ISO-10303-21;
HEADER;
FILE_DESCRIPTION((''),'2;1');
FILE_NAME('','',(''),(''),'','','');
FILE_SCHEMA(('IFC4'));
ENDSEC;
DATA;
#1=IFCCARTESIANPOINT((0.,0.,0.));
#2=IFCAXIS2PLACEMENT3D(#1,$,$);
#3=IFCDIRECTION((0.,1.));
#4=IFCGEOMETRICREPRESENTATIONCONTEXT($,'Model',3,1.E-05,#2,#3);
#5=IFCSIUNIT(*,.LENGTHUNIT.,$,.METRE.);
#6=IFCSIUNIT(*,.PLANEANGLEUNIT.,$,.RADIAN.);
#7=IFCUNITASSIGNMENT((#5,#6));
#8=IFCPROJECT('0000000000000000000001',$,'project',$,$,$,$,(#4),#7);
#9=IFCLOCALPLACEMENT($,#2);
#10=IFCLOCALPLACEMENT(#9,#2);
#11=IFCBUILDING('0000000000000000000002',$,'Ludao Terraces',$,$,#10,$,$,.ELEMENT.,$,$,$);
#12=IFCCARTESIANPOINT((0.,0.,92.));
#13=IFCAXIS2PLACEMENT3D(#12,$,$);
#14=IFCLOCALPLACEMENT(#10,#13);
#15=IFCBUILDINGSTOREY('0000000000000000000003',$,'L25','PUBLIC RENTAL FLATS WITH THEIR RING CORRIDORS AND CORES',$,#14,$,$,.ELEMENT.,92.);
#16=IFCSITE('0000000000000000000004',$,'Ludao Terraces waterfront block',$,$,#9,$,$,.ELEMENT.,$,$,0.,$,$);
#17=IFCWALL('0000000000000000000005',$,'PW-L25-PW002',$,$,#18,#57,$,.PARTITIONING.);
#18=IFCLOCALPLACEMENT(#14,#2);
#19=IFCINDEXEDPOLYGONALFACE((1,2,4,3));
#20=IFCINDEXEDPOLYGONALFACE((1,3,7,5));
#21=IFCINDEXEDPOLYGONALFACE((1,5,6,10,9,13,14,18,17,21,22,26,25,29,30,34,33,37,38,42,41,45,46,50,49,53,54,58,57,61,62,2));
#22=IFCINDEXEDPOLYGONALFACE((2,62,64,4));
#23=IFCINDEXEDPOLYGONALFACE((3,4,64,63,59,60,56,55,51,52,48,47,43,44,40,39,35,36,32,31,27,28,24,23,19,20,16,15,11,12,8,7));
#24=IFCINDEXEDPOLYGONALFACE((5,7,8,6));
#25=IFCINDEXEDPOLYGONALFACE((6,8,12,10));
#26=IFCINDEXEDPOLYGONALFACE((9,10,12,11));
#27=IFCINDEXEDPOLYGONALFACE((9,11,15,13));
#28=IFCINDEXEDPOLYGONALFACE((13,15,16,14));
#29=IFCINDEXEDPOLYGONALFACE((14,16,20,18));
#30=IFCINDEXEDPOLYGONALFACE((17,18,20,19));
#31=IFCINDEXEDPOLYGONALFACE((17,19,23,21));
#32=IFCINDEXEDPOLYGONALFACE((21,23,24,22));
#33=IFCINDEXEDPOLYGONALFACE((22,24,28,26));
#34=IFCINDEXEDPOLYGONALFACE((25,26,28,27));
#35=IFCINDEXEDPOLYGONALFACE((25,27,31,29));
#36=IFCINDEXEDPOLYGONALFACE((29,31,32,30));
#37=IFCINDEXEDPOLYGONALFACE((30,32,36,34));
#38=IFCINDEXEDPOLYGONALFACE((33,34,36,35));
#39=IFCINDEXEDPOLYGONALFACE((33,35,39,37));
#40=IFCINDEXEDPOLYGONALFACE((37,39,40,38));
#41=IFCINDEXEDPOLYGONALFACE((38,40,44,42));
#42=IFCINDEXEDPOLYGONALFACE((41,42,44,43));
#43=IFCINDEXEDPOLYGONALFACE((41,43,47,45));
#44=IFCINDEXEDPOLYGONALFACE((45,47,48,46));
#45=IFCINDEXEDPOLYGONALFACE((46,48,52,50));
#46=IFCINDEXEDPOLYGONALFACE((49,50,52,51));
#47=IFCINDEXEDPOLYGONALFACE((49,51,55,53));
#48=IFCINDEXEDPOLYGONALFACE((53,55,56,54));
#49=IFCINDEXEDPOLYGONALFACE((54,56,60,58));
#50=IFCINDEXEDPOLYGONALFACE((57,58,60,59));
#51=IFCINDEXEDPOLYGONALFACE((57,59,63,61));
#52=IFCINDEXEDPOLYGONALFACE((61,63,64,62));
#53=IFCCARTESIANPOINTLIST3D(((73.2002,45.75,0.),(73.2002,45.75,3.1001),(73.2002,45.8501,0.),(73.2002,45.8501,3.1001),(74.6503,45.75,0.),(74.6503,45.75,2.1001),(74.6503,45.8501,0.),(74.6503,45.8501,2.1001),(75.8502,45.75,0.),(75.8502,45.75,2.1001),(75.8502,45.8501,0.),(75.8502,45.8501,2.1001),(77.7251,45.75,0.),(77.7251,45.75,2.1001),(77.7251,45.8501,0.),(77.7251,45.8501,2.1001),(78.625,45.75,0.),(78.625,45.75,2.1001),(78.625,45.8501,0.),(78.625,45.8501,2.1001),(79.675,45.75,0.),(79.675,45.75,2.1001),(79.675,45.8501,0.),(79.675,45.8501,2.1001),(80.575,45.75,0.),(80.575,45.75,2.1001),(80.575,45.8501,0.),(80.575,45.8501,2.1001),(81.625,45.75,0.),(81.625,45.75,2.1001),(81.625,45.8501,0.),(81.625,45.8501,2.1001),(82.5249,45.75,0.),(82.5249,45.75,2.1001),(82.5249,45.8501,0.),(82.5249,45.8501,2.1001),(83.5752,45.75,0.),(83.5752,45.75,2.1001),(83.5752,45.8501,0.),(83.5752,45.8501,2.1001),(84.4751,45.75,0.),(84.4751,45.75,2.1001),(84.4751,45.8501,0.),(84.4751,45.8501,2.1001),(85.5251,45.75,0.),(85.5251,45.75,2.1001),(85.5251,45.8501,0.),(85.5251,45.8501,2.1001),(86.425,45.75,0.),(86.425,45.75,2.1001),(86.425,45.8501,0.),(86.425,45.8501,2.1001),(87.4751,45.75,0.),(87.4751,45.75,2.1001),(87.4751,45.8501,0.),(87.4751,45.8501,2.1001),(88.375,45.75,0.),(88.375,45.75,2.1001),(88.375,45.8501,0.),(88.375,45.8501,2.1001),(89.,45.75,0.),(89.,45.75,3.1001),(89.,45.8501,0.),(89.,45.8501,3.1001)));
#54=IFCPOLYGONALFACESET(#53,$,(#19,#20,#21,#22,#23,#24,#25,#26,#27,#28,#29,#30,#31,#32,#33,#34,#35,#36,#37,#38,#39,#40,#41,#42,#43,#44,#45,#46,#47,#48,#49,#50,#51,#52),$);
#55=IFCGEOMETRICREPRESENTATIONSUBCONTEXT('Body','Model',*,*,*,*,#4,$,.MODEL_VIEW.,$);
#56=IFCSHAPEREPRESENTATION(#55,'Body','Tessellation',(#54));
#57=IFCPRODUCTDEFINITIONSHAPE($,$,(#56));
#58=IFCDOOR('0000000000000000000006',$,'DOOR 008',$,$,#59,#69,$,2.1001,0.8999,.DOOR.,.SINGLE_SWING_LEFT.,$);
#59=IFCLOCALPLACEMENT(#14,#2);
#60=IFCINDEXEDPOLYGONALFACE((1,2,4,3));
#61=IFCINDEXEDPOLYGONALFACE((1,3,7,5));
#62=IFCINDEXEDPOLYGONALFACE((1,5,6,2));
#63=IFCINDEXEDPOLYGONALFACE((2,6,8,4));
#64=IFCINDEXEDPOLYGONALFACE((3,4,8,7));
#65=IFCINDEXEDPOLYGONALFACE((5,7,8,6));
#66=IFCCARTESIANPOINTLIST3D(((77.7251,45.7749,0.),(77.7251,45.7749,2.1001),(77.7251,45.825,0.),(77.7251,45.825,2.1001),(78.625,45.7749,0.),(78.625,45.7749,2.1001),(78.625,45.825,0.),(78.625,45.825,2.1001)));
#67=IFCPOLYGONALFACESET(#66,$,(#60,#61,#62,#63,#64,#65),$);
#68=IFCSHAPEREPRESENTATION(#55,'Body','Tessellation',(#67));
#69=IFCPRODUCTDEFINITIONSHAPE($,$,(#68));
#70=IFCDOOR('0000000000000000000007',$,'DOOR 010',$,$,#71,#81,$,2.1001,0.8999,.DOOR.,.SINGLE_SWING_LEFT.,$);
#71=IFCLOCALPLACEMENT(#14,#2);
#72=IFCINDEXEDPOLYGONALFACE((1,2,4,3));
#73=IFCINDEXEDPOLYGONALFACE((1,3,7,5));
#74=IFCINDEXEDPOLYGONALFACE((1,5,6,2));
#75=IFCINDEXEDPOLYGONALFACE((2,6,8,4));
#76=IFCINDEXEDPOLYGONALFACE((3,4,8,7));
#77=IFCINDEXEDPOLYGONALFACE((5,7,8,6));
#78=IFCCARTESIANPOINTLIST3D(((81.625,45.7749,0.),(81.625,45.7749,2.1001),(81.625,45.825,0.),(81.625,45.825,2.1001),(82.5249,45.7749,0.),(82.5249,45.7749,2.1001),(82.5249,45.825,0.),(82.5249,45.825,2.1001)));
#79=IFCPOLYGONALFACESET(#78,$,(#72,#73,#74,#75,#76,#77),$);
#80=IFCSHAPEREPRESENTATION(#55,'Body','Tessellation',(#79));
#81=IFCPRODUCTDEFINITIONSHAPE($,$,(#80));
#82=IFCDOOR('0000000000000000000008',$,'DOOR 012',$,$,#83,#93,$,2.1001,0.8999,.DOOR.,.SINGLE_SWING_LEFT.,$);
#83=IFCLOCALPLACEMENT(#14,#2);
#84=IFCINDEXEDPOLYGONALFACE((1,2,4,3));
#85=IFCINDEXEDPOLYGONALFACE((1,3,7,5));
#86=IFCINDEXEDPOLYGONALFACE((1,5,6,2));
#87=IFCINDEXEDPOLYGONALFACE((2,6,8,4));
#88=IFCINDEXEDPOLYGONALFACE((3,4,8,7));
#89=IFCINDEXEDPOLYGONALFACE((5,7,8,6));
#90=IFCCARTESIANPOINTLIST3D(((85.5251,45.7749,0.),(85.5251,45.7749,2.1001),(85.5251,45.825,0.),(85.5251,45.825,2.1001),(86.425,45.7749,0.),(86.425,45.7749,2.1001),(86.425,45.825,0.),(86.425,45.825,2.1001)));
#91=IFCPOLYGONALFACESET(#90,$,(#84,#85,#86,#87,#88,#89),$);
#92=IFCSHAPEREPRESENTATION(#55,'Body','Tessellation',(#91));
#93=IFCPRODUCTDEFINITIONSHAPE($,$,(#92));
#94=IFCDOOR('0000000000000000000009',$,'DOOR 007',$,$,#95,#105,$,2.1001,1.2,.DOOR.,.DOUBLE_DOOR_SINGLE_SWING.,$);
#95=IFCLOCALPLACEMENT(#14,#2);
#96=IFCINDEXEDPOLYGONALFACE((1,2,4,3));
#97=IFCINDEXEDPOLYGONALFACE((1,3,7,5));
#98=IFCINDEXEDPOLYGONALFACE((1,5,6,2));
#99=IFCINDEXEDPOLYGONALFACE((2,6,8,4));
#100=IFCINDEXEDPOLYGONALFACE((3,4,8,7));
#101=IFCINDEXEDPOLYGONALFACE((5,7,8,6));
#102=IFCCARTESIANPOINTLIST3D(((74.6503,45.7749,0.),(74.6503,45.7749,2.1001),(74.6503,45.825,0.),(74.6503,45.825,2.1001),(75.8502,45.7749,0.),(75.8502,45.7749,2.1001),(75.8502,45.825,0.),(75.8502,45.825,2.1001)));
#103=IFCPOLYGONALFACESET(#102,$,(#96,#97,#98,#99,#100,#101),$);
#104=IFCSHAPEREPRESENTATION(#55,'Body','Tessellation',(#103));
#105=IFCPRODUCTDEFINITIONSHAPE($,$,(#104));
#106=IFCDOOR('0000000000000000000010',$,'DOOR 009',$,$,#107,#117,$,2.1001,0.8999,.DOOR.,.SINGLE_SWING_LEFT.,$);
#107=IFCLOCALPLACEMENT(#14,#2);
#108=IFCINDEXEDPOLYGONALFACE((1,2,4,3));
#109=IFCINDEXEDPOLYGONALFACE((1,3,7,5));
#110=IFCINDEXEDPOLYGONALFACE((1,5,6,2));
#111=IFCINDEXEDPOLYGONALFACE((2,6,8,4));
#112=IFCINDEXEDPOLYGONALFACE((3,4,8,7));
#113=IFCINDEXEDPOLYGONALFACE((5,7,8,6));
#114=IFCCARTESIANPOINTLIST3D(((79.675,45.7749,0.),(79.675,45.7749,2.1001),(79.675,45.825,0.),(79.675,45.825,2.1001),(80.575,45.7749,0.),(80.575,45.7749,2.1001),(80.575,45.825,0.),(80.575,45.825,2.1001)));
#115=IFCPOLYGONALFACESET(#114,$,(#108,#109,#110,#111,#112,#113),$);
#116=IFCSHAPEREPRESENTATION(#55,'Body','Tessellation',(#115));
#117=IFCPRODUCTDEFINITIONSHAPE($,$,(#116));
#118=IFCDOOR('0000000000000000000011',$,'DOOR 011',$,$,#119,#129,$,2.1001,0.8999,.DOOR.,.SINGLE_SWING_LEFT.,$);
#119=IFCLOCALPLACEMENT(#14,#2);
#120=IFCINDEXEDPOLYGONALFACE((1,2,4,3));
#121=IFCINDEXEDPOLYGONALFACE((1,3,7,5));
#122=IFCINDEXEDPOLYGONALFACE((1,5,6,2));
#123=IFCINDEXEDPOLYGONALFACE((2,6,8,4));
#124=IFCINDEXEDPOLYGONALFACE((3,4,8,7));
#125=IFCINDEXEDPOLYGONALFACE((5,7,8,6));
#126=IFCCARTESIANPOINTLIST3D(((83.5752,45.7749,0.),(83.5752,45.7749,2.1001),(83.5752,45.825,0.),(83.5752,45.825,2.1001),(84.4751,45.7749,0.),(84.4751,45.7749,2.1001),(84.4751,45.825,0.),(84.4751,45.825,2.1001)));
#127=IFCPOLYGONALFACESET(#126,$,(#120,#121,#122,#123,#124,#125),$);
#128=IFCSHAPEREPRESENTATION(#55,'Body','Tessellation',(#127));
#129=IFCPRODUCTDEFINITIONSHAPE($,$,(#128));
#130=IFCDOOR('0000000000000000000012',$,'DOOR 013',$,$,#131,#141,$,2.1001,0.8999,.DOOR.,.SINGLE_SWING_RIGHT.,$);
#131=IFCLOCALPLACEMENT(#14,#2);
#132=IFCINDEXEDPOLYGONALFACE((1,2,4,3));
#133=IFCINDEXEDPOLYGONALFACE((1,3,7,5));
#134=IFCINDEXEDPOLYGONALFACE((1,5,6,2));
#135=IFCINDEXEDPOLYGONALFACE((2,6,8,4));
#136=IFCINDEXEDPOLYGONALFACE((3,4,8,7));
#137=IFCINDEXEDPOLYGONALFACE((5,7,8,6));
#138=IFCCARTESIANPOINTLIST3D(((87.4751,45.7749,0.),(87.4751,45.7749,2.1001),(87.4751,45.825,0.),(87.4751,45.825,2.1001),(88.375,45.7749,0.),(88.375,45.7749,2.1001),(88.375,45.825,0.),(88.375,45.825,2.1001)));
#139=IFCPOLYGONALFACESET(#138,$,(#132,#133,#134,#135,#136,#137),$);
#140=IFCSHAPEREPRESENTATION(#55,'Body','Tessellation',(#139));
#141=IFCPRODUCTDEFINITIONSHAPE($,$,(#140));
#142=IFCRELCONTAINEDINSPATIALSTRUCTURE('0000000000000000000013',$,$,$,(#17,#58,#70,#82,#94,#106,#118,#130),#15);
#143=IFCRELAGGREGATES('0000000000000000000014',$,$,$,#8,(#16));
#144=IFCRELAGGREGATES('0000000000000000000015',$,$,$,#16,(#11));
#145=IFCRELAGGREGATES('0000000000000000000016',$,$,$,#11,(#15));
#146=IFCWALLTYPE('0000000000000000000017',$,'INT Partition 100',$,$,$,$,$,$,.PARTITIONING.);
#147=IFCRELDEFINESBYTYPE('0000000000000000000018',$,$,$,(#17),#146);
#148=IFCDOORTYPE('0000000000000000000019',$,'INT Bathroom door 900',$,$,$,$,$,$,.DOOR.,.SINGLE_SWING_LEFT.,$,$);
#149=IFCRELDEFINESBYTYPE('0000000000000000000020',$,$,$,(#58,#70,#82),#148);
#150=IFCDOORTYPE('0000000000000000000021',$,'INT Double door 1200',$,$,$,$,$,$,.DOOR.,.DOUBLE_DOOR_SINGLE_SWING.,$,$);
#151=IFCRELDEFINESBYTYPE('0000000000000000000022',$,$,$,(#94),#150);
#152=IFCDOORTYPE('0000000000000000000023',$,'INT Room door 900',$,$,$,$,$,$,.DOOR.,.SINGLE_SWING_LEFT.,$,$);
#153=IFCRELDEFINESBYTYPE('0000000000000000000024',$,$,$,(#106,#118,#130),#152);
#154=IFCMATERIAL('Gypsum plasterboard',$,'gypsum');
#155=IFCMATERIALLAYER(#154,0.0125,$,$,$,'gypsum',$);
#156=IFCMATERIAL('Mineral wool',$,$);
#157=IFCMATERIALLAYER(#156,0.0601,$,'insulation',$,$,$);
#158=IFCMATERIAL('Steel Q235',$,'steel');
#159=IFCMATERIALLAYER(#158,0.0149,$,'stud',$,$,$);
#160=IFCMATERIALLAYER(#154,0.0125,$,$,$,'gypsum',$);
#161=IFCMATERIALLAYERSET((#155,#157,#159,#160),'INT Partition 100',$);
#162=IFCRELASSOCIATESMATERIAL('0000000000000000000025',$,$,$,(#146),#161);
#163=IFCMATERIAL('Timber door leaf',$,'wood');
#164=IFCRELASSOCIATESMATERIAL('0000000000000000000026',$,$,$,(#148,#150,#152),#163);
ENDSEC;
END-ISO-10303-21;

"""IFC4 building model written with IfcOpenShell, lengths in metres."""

from ifc_helpers import new_model, si_unit, direction, frame, frame_2d, origin, place, context, subcontext, project, spatial, rectangle, extrude, material, layer, layer_set, type_object, element, fill, save


model = new_model("IFC4")

# Units and contexts
model_context = context("Model", 3, precision=1e-05, world=origin(), true_north=direction((0.0, 1.0)))
body_context = subcontext(model_context, "Body", "Model", "MODEL_VIEW")
ifc_project = project(units=[si_unit("LENGTHUNIT", "METRE"), si_unit("PLANEANGLEUNIT", "RADIAN")], contexts=[model_context])

# Site, building, storey
site_placement = place(None, origin())
site = spatial("IfcSite", under=ifc_project, at=site_placement, Name="Ludao Terraces waterfront block", CompositionType="ELEMENT", RefElevation=0.0)
building_placement = place(site_placement, origin())
building = spatial("IfcBuilding", under=site, at=building_placement, Name="Ludao Terraces", CompositionType="ELEMENT")
storey_placement = place(building_placement, frame((0.0, 0.0, 92.0)))
storey = spatial("IfcBuildingStorey", under=building, at=storey_placement, Name="L25", Description="PUBLIC RENTAL FLATS WITH THEIR RING CORRIDORS AND CORES", CompositionType="ELEMENT", Elevation=92.0)

# Wall, openings, doors
ifc_material_1 = material(Name="Gypsum plasterboard", Category="gypsum")
ifc_layer_1 = layer(ifc_material_1, 0.0125, Category="gypsum")
ifc_material_2 = material(Name="Mineral wool")
ifc_layer_2 = layer(ifc_material_2, 0.0601, Name="insulation")
ifc_material_3 = material(Name="Steel Q235", Category="steel")
ifc_layer_3 = layer(ifc_material_3, 0.0149, Name="stud")
ifc_layer_4 = layer(ifc_material_1, 0.0125, Category="gypsum")
ifc_layer_set_1 = layer_set([ifc_layer_1, ifc_layer_2, ifc_layer_3, ifc_layer_4], Name="INT Partition 100")
wall_type_1 = type_object("IfcWallType", Name="INT Partition 100", PredefinedType="PARTITIONING", material=ifc_layer_set_1)
wall_1_placement = place(storey_placement, frame((73.2002, 45.8, 0.0), z_axis=(0.0, 0.0, 1.0), x_axis=(1.0, 0.0, 0.0)))
wall_1 = element("IfcWall", 1, at=wall_1_placement, inside=storey, type_object=wall_type_1, Name="PW-L25-PW002", PredefinedType="PARTITIONING", context=body_context, shape_type="SweptSolid", body=[
    extrude(rectangle(XDim=15.7998, YDim=0.1001, at=frame_2d((7.8999, 0.0))), origin(), (0.0, 0.0, 1.0), 3.1001),
])
opening_1_placement = place(wall_1_placement, frame((1.45, 0.0, 0.0)))
opening_1 = element("IfcOpeningElement", 2, at=opening_1_placement, cuts=wall_1, PredefinedType="OPENING", context=body_context, shape_type="SweptSolid", body=[
    extrude(rectangle(XDim=1.2, YDim=2.1001, at=frame_2d((0.6001, 1.05))), frame((0.0, 0.0601, 0.0), z_axis=(0.0, -1.0, 0.0), x_axis=(1.0, 0.0, 0.0)), (0.0, 0.0, 1.0), 0.1201),
])
opening_2_placement = place(wall_1_placement, frame((4.5249, 0.0, 0.0)))
opening_2 = element("IfcOpeningElement", 3, at=opening_2_placement, cuts=wall_1, PredefinedType="OPENING", context=body_context, shape_type="SweptSolid", body=[
    extrude(rectangle(XDim=0.8999, YDim=2.1001, at=frame_2d((0.45, 1.05))), frame((0.0, 0.0601, 0.0), z_axis=(0.0, -1.0, 0.0), x_axis=(1.0, 0.0, 0.0)), (0.0, 0.0, 1.0), 0.1201),
])
opening_3_placement = place(wall_1_placement, frame((6.4749, 0.0, 0.0)))
opening_3 = element("IfcOpeningElement", 4, at=opening_3_placement, cuts=wall_1, PredefinedType="OPENING", context=body_context, shape_type="SweptSolid", body=[
    extrude(rectangle(XDim=0.8999, YDim=2.1001, at=frame_2d((0.45, 1.05))), frame((0.0, 0.0601, 0.0), z_axis=(0.0, -1.0, 0.0), x_axis=(1.0, 0.0, 0.0)), (0.0, 0.0, 1.0), 0.1201),
])
opening_4_placement = place(wall_1_placement, frame((8.4248, 0.0, 0.0)))
opening_4 = element("IfcOpeningElement", 5, at=opening_4_placement, cuts=wall_1, PredefinedType="OPENING", context=body_context, shape_type="SweptSolid", body=[
    extrude(rectangle(XDim=0.8999, YDim=2.1001, at=frame_2d((0.45, 1.05))), frame((0.0, 0.0601, 0.0), z_axis=(0.0, -1.0, 0.0), x_axis=(1.0, 0.0, 0.0)), (0.0, 0.0, 1.0), 0.1201),
])
opening_5_placement = place(wall_1_placement, frame((10.375, 0.0, 0.0)))
opening_5 = element("IfcOpeningElement", 6, at=opening_5_placement, cuts=wall_1, PredefinedType="OPENING", context=body_context, shape_type="SweptSolid", body=[
    extrude(rectangle(XDim=0.8999, YDim=2.1001, at=frame_2d((0.45, 1.05))), frame((0.0, 0.0601, 0.0), z_axis=(0.0, -1.0, 0.0), x_axis=(1.0, 0.0, 0.0)), (0.0, 0.0, 1.0), 0.1201),
])
opening_6_placement = place(wall_1_placement, frame((12.325, 0.0, 0.0)))
opening_6 = element("IfcOpeningElement", 7, at=opening_6_placement, cuts=wall_1, PredefinedType="OPENING", context=body_context, shape_type="SweptSolid", body=[
    extrude(rectangle(XDim=0.8999, YDim=2.1001, at=frame_2d((0.45, 1.05))), frame((0.0, 0.0601, 0.0), z_axis=(0.0, -1.0, 0.0), x_axis=(1.0, 0.0, 0.0)), (0.0, 0.0, 1.0), 0.1201),
])
opening_7_placement = place(wall_1_placement, frame((14.2749, 0.0, 0.0)))
opening_7 = element("IfcOpeningElement", 8, at=opening_7_placement, cuts=wall_1, PredefinedType="OPENING", context=body_context, shape_type="SweptSolid", body=[
    extrude(rectangle(XDim=0.8999, YDim=2.1001, at=frame_2d((0.45, 1.05))), frame((0.0, 0.0601, 0.0), z_axis=(0.0, -1.0, 0.0), x_axis=(1.0, 0.0, 0.0)), (0.0, 0.0, 1.0), 0.1201),
])
ifc_material_4 = material(Name="Timber door leaf", Category="wood")
door_type_1 = type_object("IfcDoorType", Name="INT Bathroom door 900", OperationType="SINGLE_SWING_LEFT", PredefinedType="DOOR", material=ifc_material_4)
door_1_placement = place(opening_2_placement, origin())
door_1 = element("IfcDoor", 9, at=door_1_placement, inside=storey, type_object=door_type_1, Name="DOOR 008", OperationType="SINGLE_SWING_LEFT", OverallHeight=2.1001, OverallWidth=0.8999, PredefinedType="DOOR", context=body_context, shape_type="SweptSolid", body=[
    extrude(rectangle(XDim=0.8999, YDim=2.1001, at=frame_2d((0.45, 1.05))), frame((0.0, 0.0249, 0.0), z_axis=(0.0, -1.0, 0.0), x_axis=(1.0, 0.0, 0.0)), (0.0, 0.0, 1.0), 0.05),
])
fill(opening_2, door_1)
door_2_placement = place(opening_4_placement, origin())
door_2 = element("IfcDoor", 10, at=door_2_placement, inside=storey, type_object=door_type_1, Name="DOOR 010", OperationType="SINGLE_SWING_LEFT", OverallHeight=2.1001, OverallWidth=0.8999, PredefinedType="DOOR", context=body_context, shape_type="SweptSolid", body=[
    extrude(rectangle(XDim=0.8999, YDim=2.1001, at=frame_2d((0.45, 1.05))), frame((0.0, 0.0249, 0.0), z_axis=(0.0, -1.0, 0.0), x_axis=(1.0, 0.0, 0.0)), (0.0, 0.0, 1.0), 0.05),
])
fill(opening_4, door_2)
door_3_placement = place(opening_6_placement, origin())
door_3 = element("IfcDoor", 11, at=door_3_placement, inside=storey, type_object=door_type_1, Name="DOOR 012", OperationType="SINGLE_SWING_LEFT", OverallHeight=2.1001, OverallWidth=0.8999, PredefinedType="DOOR", context=body_context, shape_type="SweptSolid", body=[
    extrude(rectangle(XDim=0.8999, YDim=2.1001, at=frame_2d((0.45, 1.05))), frame((0.0, 0.0249, 0.0), z_axis=(0.0, -1.0, 0.0), x_axis=(1.0, 0.0, 0.0)), (0.0, 0.0, 1.0), 0.05),
])
fill(opening_6, door_3)
door_type_2 = type_object("IfcDoorType", Name="INT Double door 1200", OperationType="DOUBLE_DOOR_SINGLE_SWING", PredefinedType="DOOR", material=ifc_material_4)
door_4_placement = place(opening_1_placement, origin())
door_4 = element("IfcDoor", 12, at=door_4_placement, inside=storey, type_object=door_type_2, Name="DOOR 007", OperationType="DOUBLE_DOOR_SINGLE_SWING", OverallHeight=2.1001, OverallWidth=1.2, PredefinedType="DOOR", context=body_context, shape_type="SweptSolid", body=[
    extrude(rectangle(XDim=1.2, YDim=2.1001, at=frame_2d((0.6001, 1.05))), frame((0.0, 0.0249, 0.0), z_axis=(0.0, -1.0, 0.0), x_axis=(1.0, 0.0, 0.0)), (0.0, 0.0, 1.0), 0.05),
])
fill(opening_1, door_4)
door_type_3 = type_object("IfcDoorType", Name="INT Room door 900", OperationType="SINGLE_SWING_LEFT", PredefinedType="DOOR", material=ifc_material_4)
door_5_placement = place(opening_3_placement, origin())
door_5 = element("IfcDoor", 13, at=door_5_placement, inside=storey, type_object=door_type_3, Name="DOOR 009", OperationType="SINGLE_SWING_LEFT", OverallHeight=2.1001, OverallWidth=0.8999, PredefinedType="DOOR", context=body_context, shape_type="SweptSolid", body=[
    extrude(rectangle(XDim=0.8999, YDim=2.1001, at=frame_2d((0.45, 1.05))), frame((0.0, 0.0249, 0.0), z_axis=(0.0, -1.0, 0.0), x_axis=(1.0, 0.0, 0.0)), (0.0, 0.0, 1.0), 0.05),
])
fill(opening_3, door_5)
door_6_placement = place(opening_5_placement, origin())
door_6 = element("IfcDoor", 14, at=door_6_placement, inside=storey, type_object=door_type_3, Name="DOOR 011", OperationType="SINGLE_SWING_LEFT", OverallHeight=2.1001, OverallWidth=0.8999, PredefinedType="DOOR", context=body_context, shape_type="SweptSolid", body=[
    extrude(rectangle(XDim=0.8999, YDim=2.1001, at=frame_2d((0.45, 1.05))), frame((0.0, 0.0249, 0.0), z_axis=(0.0, -1.0, 0.0), x_axis=(1.0, 0.0, 0.0)), (0.0, 0.0, 1.0), 0.05),
])
fill(opening_5, door_6)
door_7_placement = place(opening_7_placement, origin())
door_7 = element("IfcDoor", 15, at=door_7_placement, inside=storey, type_object=door_type_3, Name="DOOR 013", OperationType="SINGLE_SWING_RIGHT", OverallHeight=2.1001, OverallWidth=0.8999, PredefinedType="DOOR", context=body_context, shape_type="SweptSolid", body=[
    extrude(rectangle(XDim=0.8999, YDim=2.1001, at=frame_2d((0.45, 1.05))), frame((0.0, 0.0249, 0.0), z_axis=(0.0, -1.0, 0.0), x_axis=(1.0, 0.0, 0.0)), (0.0, 0.0, 1.0), 0.05),
])
fill(opening_7, door_7)

save(model, "model.ifc")
